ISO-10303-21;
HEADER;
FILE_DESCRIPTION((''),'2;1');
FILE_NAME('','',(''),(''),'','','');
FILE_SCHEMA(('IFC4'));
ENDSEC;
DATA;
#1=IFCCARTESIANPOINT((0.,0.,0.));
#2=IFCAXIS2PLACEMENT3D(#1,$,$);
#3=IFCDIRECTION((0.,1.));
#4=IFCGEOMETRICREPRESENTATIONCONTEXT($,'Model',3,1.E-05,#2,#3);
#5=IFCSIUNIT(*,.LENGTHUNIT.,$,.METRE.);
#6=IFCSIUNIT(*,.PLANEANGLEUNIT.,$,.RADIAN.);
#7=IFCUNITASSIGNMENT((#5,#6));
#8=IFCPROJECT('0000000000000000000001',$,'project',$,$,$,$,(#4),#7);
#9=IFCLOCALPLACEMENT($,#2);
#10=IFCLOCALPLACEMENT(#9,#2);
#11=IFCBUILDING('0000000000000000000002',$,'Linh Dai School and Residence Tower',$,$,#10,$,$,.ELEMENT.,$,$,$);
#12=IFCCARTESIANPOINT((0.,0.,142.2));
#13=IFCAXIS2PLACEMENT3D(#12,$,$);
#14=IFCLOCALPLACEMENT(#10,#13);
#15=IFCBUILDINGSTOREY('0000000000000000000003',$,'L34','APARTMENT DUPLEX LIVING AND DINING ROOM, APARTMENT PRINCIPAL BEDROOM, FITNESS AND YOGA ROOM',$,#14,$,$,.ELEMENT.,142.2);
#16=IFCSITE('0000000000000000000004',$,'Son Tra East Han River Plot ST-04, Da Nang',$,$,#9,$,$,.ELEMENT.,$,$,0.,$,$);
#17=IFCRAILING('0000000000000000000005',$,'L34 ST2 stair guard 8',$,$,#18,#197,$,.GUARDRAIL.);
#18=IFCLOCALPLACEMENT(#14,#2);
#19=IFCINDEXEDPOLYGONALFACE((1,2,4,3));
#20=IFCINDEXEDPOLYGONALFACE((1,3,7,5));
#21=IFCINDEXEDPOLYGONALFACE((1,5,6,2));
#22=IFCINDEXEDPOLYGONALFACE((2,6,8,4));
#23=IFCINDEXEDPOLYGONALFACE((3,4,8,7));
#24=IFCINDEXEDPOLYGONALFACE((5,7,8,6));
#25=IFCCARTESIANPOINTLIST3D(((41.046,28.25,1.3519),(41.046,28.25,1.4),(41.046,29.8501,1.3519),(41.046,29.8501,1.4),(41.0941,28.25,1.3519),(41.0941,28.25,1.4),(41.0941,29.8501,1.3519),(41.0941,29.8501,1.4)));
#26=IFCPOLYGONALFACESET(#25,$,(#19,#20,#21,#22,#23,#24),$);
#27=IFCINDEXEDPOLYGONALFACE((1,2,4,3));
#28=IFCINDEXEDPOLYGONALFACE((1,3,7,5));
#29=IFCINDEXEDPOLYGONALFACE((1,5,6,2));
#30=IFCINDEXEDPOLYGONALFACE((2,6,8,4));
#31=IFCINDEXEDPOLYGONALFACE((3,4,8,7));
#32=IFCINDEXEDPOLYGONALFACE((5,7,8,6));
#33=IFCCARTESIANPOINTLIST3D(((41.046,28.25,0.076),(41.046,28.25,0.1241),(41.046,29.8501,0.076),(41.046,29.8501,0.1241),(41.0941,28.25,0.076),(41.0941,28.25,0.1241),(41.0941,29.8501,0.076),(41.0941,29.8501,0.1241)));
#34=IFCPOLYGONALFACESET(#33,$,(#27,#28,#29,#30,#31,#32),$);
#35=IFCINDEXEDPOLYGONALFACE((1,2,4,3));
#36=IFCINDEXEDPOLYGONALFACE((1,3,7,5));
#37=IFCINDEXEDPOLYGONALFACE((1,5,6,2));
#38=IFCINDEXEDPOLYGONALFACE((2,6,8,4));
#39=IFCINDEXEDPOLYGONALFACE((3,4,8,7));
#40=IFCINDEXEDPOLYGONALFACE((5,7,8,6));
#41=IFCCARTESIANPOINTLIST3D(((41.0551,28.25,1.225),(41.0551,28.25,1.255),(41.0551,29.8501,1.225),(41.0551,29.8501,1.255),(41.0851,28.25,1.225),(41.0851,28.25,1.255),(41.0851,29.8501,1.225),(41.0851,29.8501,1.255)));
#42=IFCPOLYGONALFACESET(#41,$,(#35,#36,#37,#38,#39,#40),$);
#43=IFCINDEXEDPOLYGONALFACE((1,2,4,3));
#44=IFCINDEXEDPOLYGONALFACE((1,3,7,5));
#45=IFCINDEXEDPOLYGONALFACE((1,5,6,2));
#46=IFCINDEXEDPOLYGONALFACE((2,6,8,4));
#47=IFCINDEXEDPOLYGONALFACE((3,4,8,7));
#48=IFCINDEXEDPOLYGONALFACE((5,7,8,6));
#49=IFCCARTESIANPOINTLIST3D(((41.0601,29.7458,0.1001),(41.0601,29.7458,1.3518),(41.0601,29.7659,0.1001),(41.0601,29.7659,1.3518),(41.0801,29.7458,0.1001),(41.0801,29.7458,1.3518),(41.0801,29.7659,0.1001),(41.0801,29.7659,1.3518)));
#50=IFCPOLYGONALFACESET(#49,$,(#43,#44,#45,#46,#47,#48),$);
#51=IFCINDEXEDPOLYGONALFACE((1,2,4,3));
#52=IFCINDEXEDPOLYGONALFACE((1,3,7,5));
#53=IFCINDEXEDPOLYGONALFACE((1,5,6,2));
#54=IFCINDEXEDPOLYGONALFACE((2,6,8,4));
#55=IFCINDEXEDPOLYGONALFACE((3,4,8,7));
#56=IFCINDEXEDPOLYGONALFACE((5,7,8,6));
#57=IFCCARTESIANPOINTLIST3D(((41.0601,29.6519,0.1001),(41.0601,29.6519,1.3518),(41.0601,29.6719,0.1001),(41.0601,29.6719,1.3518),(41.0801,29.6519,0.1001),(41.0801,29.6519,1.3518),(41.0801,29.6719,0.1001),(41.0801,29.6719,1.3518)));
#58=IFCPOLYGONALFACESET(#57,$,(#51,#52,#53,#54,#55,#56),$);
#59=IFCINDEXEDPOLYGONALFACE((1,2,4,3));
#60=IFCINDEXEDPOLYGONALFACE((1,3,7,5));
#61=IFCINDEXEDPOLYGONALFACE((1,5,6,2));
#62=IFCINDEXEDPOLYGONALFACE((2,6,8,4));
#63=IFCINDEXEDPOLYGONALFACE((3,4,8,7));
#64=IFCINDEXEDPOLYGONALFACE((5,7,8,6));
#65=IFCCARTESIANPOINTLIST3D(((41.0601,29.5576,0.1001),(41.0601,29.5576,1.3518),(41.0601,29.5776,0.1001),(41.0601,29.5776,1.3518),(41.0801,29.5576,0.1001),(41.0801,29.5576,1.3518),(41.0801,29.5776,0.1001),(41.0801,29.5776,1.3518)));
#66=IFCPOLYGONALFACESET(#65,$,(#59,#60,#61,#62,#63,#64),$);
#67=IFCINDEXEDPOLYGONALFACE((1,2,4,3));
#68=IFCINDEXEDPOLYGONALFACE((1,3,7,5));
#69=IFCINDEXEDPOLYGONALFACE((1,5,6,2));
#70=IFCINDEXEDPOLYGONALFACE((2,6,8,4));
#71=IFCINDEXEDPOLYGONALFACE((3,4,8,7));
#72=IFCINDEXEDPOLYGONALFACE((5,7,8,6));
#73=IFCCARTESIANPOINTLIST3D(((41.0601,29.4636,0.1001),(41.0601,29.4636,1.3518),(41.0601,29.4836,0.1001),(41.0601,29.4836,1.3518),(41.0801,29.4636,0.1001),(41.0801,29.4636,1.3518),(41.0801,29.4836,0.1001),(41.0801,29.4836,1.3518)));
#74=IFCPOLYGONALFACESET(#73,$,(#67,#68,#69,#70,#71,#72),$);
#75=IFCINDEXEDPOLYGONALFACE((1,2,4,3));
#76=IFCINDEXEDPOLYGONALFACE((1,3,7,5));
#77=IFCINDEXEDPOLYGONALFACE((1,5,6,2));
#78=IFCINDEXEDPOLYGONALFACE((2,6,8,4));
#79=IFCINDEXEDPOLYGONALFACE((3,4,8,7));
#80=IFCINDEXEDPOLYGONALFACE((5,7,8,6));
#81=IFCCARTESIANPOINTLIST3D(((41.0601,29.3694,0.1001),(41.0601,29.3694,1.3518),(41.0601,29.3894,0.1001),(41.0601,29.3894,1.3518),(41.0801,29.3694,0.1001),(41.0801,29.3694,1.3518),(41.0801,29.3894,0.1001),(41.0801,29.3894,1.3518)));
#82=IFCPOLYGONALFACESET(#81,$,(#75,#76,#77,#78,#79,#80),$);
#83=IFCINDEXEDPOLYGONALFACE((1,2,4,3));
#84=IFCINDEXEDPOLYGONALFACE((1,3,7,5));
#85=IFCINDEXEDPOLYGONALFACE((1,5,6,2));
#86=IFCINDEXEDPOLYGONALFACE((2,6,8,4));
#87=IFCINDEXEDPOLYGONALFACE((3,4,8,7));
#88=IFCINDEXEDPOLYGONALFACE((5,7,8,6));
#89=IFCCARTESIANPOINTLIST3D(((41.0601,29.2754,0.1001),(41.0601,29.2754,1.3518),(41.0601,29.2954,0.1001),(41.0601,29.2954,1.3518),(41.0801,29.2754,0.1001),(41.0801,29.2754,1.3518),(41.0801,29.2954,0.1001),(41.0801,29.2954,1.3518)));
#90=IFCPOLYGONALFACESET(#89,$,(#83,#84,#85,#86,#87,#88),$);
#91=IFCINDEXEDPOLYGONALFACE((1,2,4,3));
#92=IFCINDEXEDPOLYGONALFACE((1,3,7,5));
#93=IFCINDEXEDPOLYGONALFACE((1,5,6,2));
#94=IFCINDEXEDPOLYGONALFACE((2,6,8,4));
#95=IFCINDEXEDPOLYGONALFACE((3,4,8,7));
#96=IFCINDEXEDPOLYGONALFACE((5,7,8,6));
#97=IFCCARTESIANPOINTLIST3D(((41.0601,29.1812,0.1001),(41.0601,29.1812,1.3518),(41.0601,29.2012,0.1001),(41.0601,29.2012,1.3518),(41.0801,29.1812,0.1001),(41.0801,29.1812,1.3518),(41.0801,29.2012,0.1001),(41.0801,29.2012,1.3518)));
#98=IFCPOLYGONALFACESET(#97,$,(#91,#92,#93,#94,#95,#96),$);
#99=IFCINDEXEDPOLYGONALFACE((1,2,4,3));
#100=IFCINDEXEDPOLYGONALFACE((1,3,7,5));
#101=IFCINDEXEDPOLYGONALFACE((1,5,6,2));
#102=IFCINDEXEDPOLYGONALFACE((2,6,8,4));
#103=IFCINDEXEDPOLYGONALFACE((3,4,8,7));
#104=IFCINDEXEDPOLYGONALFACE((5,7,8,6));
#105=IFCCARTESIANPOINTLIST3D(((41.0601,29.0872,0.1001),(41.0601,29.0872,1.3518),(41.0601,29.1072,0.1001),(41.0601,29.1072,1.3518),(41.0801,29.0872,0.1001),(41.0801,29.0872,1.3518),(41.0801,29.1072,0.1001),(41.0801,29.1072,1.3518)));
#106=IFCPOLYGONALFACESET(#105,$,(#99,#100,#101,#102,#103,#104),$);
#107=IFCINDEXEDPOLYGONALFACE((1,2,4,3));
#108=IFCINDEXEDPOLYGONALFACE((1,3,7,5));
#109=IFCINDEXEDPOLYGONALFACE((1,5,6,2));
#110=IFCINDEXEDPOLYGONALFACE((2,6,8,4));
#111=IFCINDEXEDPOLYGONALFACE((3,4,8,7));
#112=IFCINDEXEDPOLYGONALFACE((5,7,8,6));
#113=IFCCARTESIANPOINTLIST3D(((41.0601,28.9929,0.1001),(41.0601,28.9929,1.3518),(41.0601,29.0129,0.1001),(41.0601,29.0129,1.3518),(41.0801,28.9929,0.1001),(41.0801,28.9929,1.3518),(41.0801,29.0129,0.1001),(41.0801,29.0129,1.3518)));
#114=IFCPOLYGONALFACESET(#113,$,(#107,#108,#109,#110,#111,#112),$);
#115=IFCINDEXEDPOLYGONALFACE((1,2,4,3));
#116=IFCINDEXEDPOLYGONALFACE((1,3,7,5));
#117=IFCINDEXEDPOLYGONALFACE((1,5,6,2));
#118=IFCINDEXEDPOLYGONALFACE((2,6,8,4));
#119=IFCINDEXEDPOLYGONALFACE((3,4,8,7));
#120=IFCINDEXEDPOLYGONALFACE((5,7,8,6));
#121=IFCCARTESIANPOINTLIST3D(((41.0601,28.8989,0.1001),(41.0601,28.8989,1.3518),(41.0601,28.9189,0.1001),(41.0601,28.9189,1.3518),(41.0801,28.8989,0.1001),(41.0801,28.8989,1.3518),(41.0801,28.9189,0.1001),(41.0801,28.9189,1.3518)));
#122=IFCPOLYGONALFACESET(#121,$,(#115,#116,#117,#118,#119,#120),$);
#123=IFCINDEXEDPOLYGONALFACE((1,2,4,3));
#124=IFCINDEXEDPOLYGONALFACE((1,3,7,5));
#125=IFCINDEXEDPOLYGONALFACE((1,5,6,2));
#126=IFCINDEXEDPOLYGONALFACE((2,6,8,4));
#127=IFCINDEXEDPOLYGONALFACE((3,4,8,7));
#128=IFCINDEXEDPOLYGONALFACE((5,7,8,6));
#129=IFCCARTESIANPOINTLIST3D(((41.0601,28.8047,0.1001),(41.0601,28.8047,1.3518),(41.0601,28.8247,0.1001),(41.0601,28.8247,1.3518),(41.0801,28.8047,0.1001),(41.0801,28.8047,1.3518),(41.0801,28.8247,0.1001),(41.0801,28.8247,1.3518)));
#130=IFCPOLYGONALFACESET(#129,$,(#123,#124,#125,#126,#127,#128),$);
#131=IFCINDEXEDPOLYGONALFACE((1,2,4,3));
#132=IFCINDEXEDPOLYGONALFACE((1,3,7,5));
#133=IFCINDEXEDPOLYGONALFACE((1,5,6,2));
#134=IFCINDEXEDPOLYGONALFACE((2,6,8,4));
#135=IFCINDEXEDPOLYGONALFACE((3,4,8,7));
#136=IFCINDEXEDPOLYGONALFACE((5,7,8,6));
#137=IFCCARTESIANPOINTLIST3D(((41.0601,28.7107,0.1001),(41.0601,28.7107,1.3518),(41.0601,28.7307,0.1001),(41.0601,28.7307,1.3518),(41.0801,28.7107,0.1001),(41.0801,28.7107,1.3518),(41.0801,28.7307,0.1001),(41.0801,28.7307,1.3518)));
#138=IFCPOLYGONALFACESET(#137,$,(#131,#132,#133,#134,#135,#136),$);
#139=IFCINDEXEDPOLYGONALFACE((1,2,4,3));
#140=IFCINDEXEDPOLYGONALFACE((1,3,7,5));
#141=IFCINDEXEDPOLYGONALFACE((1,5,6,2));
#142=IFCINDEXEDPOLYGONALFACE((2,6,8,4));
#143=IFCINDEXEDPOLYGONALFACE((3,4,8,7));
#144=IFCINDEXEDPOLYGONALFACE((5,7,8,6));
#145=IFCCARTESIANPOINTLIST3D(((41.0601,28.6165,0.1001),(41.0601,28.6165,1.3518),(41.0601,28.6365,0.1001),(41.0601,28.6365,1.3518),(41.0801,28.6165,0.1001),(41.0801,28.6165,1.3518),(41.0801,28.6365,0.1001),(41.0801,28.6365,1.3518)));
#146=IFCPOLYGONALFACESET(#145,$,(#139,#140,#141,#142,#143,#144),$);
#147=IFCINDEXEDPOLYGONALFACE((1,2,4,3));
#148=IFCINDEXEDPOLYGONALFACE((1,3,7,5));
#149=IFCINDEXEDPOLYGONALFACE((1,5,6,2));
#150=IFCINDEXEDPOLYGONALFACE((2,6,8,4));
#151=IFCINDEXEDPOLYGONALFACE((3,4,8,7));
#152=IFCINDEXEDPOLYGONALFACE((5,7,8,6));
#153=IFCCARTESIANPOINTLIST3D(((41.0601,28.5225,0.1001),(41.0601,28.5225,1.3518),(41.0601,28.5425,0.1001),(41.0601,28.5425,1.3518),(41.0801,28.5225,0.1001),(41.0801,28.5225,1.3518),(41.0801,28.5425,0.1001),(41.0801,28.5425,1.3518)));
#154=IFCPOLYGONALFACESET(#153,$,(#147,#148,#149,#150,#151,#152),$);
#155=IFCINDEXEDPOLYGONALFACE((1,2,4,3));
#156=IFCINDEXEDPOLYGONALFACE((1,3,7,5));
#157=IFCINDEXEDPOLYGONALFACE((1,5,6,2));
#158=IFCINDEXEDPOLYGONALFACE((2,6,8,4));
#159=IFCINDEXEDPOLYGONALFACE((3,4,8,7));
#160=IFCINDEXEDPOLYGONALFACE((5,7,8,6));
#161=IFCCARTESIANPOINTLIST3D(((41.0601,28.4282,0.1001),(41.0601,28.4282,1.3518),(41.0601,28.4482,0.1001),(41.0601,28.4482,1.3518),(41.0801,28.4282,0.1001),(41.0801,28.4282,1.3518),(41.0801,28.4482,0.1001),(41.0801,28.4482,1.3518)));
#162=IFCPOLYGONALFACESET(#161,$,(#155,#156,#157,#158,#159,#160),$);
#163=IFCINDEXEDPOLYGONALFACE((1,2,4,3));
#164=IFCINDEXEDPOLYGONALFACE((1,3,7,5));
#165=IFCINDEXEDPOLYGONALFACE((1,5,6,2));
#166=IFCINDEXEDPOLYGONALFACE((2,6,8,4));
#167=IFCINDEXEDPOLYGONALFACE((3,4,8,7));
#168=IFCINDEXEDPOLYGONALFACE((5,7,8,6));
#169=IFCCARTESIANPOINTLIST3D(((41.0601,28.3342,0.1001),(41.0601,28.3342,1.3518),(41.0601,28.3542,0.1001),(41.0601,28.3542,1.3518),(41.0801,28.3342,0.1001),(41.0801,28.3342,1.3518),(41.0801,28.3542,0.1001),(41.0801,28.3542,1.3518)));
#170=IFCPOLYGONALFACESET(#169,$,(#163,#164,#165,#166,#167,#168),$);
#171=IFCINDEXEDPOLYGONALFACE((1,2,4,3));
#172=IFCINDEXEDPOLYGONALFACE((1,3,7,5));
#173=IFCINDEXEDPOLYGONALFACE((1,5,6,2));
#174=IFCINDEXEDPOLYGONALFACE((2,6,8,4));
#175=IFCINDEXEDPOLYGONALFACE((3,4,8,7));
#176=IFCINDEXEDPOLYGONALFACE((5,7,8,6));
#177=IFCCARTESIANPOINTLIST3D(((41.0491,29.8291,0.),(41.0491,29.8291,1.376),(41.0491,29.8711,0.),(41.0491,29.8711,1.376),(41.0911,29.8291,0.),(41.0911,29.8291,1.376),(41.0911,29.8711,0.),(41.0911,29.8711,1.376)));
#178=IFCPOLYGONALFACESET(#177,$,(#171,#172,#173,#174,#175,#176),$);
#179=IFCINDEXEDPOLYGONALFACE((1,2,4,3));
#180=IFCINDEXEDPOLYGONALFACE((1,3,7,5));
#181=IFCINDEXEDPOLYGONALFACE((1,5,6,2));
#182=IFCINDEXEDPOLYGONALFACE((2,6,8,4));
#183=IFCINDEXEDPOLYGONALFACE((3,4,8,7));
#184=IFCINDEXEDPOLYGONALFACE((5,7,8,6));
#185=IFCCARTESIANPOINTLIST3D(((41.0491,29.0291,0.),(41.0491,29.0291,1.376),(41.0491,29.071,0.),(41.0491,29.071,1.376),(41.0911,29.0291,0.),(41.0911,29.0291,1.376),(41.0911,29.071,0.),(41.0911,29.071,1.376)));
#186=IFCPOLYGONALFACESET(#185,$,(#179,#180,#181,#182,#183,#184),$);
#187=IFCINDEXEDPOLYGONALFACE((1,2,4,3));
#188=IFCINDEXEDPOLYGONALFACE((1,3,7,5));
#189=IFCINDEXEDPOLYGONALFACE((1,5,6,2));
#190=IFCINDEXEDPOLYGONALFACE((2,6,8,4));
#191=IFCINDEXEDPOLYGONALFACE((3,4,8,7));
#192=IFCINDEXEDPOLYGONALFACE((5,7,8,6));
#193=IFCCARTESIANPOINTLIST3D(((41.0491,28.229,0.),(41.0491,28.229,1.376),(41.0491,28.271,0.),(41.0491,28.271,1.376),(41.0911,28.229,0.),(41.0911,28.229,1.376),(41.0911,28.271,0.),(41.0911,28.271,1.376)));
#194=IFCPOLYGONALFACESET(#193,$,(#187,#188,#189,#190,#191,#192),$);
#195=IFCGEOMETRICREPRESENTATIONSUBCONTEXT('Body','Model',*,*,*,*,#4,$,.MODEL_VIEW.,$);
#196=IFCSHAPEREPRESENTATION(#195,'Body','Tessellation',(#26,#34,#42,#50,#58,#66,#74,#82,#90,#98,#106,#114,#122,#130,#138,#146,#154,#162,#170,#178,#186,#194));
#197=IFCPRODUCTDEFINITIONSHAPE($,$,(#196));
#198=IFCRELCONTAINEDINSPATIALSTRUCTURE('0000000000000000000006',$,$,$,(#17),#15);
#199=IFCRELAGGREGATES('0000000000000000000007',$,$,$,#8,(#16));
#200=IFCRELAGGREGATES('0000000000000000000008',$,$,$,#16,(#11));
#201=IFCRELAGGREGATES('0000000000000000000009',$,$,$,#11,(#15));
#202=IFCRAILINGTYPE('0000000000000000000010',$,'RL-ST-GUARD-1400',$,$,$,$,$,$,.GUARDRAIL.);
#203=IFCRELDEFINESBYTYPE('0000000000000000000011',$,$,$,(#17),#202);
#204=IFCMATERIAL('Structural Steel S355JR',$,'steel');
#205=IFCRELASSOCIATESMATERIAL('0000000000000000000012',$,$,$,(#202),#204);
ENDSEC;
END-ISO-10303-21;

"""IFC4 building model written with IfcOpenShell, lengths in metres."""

from ifc_helpers import new_model, si_unit, direction, frame, origin, origin_2d, place, context, subcontext, project, spatial, rectangle, extrude, source, transform, mapped, material, type_object, element, save


model = new_model("IFC4")

# Units and contexts
model_context = context("Model", 3, precision=1e-05, world=origin(), true_north=direction((0.0, 1.0)))
body_context = subcontext(model_context, "Body", "Model", "MODEL_VIEW")
ifc_project = project(units=[si_unit("LENGTHUNIT", "METRE"), si_unit("PLANEANGLEUNIT", "RADIAN")], contexts=[model_context])

# Site, building, storey
site_placement = place(None, origin())
site = spatial("IfcSite", under=ifc_project, at=site_placement, Name="Son Tra East Han River Plot ST-04, Da Nang", CompositionType="ELEMENT", RefElevation=0.0)
building_placement = place(site_placement, origin())
building = spatial("IfcBuilding", under=site, at=building_placement, Name="Linh Dai School and Residence Tower", CompositionType="ELEMENT")
storey_placement = place(building_placement, frame((0.0, 0.0, 142.2)))
storey = spatial("IfcBuildingStorey", under=building, at=storey_placement, Name="L34", Description="APARTMENT DUPLEX LIVING AND DINING ROOM, APARTMENT PRINCIPAL BEDROOM, FITNESS AND YOGA ROOM", CompositionType="ELEMENT", Elevation=142.2)

# Shared definitions
ifc_material_1 = material(Name="Structural Steel S355JR", Category="steel")

# Railing
railing_type_1 = type_object("IfcRailingType", Name="RL-ST-GUARD-1400", PredefinedType="GUARDRAIL", material=ifc_material_1)
shared_shape_1 = source(origin(), body_context, "Body", "SweptSolid", [
    extrude(rectangle(XDim=0.0481, YDim=0.0481, at=origin_2d()), frame((0.0, 0.0, 1.376), z_axis=(0.0, -1.0, 0.0), x_axis=(1.0, 0.0, 0.0)), (0.0, 0.0, 1.0), 1.6001),
    extrude(rectangle(XDim=0.0481, YDim=0.0481, at=origin_2d()), frame((0.0, 0.0, 0.1001), z_axis=(0.0, -1.0, 0.0), x_axis=(1.0, 0.0, 0.0)), (0.0, 0.0, 1.0), 1.6001),
    extrude(rectangle(XDim=0.03, YDim=0.03, at=origin_2d()), frame((0.0, 0.0, 1.24), z_axis=(0.0, -1.0, 0.0), x_axis=(1.0, 0.0, 0.0)), (0.0, 0.0, 1.0), 1.6001),
    extrude(rectangle(XDim=0.02, YDim=0.02, at=origin_2d()), frame((0.0, -0.0942, 0.1001)), (0.0, 0.0, 1.0), 1.2517),
    extrude(rectangle(XDim=0.02, YDim=0.02, at=origin_2d()), frame((0.0, -0.1882, 0.1001)), (0.0, 0.0, 1.0), 1.2517),
    extrude(rectangle(XDim=0.02, YDim=0.02, at=origin_2d()), frame((0.0, -0.2825, 0.1001)), (0.0, 0.0, 1.0), 1.2517),
    extrude(rectangle(XDim=0.02, YDim=0.02, at=origin_2d()), frame((0.0, -0.3765, 0.1001)), (0.0, 0.0, 1.0), 1.2517),
    extrude(rectangle(XDim=0.02, YDim=0.02, at=origin_2d()), frame((0.0, -0.4707, 0.1001)), (0.0, 0.0, 1.0), 1.2517),
    extrude(rectangle(XDim=0.02, YDim=0.02, at=origin_2d()), frame((0.0, -0.5647, 0.1001)), (0.0, 0.0, 1.0), 1.2517),
    extrude(rectangle(XDim=0.02, YDim=0.02, at=origin_2d()), frame((0.0, -0.6589, 0.1001)), (0.0, 0.0, 1.0), 1.2517),
    extrude(rectangle(XDim=0.02, YDim=0.02, at=origin_2d()), frame((0.0, -0.7529, 0.1001)), (0.0, 0.0, 1.0), 1.2517),
    extrude(rectangle(XDim=0.02, YDim=0.02, at=origin_2d()), frame((0.0, -0.8472, 0.1001)), (0.0, 0.0, 1.0), 1.2517),
    extrude(rectangle(XDim=0.02, YDim=0.02, at=origin_2d()), frame((0.0, -0.9412, 0.1001)), (0.0, 0.0, 1.0), 1.2517),
    extrude(rectangle(XDim=0.02, YDim=0.02, at=origin_2d()), frame((0.0, -1.0354, 0.1001)), (0.0, 0.0, 1.0), 1.2517),
    extrude(rectangle(XDim=0.02, YDim=0.02, at=origin_2d()), frame((0.0, -1.1294, 0.1001)), (0.0, 0.0, 1.0), 1.2517),
    extrude(rectangle(XDim=0.02, YDim=0.02, at=origin_2d()), frame((0.0, -1.2236, 0.1001)), (0.0, 0.0, 1.0), 1.2517),
    extrude(rectangle(XDim=0.02, YDim=0.02, at=origin_2d()), frame((0.0, -1.3176, 0.1001)), (0.0, 0.0, 1.0), 1.2517),
    extrude(rectangle(XDim=0.02, YDim=0.02, at=origin_2d()), frame((0.0, -1.4119, 0.1001)), (0.0, 0.0, 1.0), 1.2517),
    extrude(rectangle(XDim=0.02, YDim=0.02, at=origin_2d()), frame((0.0, -1.5059, 0.1001)), (0.0, 0.0, 1.0), 1.2517),
    extrude(rectangle(XDim=0.042, YDim=0.042, at=origin_2d()), origin(), (0.0, 0.0, 1.0), 1.376),
    extrude(rectangle(XDim=0.042, YDim=0.042, at=origin_2d()), frame((0.0, -0.8, 0.0)), (0.0, 0.0, 1.0), 1.376),
    extrude(rectangle(XDim=0.042, YDim=0.042, at=origin_2d()), frame((0.0, -1.6001, 0.0)), (0.0, 0.0, 1.0), 1.376),
])
for number, where, name in (
    (1, (41.0701, 29.8501, 0.0), "L34 ST2 stair guard 8"),
):
    element("IfcRailing", number, at=place(storey_placement, frame(where)), inside=storey, type_object=railing_type_1, Name=name, PredefinedType="GUARDRAIL", context=body_context, shape_type="MappedRepresentation", body=[
        mapped(shared_shape_1, transform((0.0, 0.0, 0.0), x_axis=(1.0, 0.0, 0.0), y_axis=(0.0, 1.0, 0.0), z_axis=(0.0, 0.0, 1.0), scale=1.0)),
    ])

save(model, "model.ifc")
